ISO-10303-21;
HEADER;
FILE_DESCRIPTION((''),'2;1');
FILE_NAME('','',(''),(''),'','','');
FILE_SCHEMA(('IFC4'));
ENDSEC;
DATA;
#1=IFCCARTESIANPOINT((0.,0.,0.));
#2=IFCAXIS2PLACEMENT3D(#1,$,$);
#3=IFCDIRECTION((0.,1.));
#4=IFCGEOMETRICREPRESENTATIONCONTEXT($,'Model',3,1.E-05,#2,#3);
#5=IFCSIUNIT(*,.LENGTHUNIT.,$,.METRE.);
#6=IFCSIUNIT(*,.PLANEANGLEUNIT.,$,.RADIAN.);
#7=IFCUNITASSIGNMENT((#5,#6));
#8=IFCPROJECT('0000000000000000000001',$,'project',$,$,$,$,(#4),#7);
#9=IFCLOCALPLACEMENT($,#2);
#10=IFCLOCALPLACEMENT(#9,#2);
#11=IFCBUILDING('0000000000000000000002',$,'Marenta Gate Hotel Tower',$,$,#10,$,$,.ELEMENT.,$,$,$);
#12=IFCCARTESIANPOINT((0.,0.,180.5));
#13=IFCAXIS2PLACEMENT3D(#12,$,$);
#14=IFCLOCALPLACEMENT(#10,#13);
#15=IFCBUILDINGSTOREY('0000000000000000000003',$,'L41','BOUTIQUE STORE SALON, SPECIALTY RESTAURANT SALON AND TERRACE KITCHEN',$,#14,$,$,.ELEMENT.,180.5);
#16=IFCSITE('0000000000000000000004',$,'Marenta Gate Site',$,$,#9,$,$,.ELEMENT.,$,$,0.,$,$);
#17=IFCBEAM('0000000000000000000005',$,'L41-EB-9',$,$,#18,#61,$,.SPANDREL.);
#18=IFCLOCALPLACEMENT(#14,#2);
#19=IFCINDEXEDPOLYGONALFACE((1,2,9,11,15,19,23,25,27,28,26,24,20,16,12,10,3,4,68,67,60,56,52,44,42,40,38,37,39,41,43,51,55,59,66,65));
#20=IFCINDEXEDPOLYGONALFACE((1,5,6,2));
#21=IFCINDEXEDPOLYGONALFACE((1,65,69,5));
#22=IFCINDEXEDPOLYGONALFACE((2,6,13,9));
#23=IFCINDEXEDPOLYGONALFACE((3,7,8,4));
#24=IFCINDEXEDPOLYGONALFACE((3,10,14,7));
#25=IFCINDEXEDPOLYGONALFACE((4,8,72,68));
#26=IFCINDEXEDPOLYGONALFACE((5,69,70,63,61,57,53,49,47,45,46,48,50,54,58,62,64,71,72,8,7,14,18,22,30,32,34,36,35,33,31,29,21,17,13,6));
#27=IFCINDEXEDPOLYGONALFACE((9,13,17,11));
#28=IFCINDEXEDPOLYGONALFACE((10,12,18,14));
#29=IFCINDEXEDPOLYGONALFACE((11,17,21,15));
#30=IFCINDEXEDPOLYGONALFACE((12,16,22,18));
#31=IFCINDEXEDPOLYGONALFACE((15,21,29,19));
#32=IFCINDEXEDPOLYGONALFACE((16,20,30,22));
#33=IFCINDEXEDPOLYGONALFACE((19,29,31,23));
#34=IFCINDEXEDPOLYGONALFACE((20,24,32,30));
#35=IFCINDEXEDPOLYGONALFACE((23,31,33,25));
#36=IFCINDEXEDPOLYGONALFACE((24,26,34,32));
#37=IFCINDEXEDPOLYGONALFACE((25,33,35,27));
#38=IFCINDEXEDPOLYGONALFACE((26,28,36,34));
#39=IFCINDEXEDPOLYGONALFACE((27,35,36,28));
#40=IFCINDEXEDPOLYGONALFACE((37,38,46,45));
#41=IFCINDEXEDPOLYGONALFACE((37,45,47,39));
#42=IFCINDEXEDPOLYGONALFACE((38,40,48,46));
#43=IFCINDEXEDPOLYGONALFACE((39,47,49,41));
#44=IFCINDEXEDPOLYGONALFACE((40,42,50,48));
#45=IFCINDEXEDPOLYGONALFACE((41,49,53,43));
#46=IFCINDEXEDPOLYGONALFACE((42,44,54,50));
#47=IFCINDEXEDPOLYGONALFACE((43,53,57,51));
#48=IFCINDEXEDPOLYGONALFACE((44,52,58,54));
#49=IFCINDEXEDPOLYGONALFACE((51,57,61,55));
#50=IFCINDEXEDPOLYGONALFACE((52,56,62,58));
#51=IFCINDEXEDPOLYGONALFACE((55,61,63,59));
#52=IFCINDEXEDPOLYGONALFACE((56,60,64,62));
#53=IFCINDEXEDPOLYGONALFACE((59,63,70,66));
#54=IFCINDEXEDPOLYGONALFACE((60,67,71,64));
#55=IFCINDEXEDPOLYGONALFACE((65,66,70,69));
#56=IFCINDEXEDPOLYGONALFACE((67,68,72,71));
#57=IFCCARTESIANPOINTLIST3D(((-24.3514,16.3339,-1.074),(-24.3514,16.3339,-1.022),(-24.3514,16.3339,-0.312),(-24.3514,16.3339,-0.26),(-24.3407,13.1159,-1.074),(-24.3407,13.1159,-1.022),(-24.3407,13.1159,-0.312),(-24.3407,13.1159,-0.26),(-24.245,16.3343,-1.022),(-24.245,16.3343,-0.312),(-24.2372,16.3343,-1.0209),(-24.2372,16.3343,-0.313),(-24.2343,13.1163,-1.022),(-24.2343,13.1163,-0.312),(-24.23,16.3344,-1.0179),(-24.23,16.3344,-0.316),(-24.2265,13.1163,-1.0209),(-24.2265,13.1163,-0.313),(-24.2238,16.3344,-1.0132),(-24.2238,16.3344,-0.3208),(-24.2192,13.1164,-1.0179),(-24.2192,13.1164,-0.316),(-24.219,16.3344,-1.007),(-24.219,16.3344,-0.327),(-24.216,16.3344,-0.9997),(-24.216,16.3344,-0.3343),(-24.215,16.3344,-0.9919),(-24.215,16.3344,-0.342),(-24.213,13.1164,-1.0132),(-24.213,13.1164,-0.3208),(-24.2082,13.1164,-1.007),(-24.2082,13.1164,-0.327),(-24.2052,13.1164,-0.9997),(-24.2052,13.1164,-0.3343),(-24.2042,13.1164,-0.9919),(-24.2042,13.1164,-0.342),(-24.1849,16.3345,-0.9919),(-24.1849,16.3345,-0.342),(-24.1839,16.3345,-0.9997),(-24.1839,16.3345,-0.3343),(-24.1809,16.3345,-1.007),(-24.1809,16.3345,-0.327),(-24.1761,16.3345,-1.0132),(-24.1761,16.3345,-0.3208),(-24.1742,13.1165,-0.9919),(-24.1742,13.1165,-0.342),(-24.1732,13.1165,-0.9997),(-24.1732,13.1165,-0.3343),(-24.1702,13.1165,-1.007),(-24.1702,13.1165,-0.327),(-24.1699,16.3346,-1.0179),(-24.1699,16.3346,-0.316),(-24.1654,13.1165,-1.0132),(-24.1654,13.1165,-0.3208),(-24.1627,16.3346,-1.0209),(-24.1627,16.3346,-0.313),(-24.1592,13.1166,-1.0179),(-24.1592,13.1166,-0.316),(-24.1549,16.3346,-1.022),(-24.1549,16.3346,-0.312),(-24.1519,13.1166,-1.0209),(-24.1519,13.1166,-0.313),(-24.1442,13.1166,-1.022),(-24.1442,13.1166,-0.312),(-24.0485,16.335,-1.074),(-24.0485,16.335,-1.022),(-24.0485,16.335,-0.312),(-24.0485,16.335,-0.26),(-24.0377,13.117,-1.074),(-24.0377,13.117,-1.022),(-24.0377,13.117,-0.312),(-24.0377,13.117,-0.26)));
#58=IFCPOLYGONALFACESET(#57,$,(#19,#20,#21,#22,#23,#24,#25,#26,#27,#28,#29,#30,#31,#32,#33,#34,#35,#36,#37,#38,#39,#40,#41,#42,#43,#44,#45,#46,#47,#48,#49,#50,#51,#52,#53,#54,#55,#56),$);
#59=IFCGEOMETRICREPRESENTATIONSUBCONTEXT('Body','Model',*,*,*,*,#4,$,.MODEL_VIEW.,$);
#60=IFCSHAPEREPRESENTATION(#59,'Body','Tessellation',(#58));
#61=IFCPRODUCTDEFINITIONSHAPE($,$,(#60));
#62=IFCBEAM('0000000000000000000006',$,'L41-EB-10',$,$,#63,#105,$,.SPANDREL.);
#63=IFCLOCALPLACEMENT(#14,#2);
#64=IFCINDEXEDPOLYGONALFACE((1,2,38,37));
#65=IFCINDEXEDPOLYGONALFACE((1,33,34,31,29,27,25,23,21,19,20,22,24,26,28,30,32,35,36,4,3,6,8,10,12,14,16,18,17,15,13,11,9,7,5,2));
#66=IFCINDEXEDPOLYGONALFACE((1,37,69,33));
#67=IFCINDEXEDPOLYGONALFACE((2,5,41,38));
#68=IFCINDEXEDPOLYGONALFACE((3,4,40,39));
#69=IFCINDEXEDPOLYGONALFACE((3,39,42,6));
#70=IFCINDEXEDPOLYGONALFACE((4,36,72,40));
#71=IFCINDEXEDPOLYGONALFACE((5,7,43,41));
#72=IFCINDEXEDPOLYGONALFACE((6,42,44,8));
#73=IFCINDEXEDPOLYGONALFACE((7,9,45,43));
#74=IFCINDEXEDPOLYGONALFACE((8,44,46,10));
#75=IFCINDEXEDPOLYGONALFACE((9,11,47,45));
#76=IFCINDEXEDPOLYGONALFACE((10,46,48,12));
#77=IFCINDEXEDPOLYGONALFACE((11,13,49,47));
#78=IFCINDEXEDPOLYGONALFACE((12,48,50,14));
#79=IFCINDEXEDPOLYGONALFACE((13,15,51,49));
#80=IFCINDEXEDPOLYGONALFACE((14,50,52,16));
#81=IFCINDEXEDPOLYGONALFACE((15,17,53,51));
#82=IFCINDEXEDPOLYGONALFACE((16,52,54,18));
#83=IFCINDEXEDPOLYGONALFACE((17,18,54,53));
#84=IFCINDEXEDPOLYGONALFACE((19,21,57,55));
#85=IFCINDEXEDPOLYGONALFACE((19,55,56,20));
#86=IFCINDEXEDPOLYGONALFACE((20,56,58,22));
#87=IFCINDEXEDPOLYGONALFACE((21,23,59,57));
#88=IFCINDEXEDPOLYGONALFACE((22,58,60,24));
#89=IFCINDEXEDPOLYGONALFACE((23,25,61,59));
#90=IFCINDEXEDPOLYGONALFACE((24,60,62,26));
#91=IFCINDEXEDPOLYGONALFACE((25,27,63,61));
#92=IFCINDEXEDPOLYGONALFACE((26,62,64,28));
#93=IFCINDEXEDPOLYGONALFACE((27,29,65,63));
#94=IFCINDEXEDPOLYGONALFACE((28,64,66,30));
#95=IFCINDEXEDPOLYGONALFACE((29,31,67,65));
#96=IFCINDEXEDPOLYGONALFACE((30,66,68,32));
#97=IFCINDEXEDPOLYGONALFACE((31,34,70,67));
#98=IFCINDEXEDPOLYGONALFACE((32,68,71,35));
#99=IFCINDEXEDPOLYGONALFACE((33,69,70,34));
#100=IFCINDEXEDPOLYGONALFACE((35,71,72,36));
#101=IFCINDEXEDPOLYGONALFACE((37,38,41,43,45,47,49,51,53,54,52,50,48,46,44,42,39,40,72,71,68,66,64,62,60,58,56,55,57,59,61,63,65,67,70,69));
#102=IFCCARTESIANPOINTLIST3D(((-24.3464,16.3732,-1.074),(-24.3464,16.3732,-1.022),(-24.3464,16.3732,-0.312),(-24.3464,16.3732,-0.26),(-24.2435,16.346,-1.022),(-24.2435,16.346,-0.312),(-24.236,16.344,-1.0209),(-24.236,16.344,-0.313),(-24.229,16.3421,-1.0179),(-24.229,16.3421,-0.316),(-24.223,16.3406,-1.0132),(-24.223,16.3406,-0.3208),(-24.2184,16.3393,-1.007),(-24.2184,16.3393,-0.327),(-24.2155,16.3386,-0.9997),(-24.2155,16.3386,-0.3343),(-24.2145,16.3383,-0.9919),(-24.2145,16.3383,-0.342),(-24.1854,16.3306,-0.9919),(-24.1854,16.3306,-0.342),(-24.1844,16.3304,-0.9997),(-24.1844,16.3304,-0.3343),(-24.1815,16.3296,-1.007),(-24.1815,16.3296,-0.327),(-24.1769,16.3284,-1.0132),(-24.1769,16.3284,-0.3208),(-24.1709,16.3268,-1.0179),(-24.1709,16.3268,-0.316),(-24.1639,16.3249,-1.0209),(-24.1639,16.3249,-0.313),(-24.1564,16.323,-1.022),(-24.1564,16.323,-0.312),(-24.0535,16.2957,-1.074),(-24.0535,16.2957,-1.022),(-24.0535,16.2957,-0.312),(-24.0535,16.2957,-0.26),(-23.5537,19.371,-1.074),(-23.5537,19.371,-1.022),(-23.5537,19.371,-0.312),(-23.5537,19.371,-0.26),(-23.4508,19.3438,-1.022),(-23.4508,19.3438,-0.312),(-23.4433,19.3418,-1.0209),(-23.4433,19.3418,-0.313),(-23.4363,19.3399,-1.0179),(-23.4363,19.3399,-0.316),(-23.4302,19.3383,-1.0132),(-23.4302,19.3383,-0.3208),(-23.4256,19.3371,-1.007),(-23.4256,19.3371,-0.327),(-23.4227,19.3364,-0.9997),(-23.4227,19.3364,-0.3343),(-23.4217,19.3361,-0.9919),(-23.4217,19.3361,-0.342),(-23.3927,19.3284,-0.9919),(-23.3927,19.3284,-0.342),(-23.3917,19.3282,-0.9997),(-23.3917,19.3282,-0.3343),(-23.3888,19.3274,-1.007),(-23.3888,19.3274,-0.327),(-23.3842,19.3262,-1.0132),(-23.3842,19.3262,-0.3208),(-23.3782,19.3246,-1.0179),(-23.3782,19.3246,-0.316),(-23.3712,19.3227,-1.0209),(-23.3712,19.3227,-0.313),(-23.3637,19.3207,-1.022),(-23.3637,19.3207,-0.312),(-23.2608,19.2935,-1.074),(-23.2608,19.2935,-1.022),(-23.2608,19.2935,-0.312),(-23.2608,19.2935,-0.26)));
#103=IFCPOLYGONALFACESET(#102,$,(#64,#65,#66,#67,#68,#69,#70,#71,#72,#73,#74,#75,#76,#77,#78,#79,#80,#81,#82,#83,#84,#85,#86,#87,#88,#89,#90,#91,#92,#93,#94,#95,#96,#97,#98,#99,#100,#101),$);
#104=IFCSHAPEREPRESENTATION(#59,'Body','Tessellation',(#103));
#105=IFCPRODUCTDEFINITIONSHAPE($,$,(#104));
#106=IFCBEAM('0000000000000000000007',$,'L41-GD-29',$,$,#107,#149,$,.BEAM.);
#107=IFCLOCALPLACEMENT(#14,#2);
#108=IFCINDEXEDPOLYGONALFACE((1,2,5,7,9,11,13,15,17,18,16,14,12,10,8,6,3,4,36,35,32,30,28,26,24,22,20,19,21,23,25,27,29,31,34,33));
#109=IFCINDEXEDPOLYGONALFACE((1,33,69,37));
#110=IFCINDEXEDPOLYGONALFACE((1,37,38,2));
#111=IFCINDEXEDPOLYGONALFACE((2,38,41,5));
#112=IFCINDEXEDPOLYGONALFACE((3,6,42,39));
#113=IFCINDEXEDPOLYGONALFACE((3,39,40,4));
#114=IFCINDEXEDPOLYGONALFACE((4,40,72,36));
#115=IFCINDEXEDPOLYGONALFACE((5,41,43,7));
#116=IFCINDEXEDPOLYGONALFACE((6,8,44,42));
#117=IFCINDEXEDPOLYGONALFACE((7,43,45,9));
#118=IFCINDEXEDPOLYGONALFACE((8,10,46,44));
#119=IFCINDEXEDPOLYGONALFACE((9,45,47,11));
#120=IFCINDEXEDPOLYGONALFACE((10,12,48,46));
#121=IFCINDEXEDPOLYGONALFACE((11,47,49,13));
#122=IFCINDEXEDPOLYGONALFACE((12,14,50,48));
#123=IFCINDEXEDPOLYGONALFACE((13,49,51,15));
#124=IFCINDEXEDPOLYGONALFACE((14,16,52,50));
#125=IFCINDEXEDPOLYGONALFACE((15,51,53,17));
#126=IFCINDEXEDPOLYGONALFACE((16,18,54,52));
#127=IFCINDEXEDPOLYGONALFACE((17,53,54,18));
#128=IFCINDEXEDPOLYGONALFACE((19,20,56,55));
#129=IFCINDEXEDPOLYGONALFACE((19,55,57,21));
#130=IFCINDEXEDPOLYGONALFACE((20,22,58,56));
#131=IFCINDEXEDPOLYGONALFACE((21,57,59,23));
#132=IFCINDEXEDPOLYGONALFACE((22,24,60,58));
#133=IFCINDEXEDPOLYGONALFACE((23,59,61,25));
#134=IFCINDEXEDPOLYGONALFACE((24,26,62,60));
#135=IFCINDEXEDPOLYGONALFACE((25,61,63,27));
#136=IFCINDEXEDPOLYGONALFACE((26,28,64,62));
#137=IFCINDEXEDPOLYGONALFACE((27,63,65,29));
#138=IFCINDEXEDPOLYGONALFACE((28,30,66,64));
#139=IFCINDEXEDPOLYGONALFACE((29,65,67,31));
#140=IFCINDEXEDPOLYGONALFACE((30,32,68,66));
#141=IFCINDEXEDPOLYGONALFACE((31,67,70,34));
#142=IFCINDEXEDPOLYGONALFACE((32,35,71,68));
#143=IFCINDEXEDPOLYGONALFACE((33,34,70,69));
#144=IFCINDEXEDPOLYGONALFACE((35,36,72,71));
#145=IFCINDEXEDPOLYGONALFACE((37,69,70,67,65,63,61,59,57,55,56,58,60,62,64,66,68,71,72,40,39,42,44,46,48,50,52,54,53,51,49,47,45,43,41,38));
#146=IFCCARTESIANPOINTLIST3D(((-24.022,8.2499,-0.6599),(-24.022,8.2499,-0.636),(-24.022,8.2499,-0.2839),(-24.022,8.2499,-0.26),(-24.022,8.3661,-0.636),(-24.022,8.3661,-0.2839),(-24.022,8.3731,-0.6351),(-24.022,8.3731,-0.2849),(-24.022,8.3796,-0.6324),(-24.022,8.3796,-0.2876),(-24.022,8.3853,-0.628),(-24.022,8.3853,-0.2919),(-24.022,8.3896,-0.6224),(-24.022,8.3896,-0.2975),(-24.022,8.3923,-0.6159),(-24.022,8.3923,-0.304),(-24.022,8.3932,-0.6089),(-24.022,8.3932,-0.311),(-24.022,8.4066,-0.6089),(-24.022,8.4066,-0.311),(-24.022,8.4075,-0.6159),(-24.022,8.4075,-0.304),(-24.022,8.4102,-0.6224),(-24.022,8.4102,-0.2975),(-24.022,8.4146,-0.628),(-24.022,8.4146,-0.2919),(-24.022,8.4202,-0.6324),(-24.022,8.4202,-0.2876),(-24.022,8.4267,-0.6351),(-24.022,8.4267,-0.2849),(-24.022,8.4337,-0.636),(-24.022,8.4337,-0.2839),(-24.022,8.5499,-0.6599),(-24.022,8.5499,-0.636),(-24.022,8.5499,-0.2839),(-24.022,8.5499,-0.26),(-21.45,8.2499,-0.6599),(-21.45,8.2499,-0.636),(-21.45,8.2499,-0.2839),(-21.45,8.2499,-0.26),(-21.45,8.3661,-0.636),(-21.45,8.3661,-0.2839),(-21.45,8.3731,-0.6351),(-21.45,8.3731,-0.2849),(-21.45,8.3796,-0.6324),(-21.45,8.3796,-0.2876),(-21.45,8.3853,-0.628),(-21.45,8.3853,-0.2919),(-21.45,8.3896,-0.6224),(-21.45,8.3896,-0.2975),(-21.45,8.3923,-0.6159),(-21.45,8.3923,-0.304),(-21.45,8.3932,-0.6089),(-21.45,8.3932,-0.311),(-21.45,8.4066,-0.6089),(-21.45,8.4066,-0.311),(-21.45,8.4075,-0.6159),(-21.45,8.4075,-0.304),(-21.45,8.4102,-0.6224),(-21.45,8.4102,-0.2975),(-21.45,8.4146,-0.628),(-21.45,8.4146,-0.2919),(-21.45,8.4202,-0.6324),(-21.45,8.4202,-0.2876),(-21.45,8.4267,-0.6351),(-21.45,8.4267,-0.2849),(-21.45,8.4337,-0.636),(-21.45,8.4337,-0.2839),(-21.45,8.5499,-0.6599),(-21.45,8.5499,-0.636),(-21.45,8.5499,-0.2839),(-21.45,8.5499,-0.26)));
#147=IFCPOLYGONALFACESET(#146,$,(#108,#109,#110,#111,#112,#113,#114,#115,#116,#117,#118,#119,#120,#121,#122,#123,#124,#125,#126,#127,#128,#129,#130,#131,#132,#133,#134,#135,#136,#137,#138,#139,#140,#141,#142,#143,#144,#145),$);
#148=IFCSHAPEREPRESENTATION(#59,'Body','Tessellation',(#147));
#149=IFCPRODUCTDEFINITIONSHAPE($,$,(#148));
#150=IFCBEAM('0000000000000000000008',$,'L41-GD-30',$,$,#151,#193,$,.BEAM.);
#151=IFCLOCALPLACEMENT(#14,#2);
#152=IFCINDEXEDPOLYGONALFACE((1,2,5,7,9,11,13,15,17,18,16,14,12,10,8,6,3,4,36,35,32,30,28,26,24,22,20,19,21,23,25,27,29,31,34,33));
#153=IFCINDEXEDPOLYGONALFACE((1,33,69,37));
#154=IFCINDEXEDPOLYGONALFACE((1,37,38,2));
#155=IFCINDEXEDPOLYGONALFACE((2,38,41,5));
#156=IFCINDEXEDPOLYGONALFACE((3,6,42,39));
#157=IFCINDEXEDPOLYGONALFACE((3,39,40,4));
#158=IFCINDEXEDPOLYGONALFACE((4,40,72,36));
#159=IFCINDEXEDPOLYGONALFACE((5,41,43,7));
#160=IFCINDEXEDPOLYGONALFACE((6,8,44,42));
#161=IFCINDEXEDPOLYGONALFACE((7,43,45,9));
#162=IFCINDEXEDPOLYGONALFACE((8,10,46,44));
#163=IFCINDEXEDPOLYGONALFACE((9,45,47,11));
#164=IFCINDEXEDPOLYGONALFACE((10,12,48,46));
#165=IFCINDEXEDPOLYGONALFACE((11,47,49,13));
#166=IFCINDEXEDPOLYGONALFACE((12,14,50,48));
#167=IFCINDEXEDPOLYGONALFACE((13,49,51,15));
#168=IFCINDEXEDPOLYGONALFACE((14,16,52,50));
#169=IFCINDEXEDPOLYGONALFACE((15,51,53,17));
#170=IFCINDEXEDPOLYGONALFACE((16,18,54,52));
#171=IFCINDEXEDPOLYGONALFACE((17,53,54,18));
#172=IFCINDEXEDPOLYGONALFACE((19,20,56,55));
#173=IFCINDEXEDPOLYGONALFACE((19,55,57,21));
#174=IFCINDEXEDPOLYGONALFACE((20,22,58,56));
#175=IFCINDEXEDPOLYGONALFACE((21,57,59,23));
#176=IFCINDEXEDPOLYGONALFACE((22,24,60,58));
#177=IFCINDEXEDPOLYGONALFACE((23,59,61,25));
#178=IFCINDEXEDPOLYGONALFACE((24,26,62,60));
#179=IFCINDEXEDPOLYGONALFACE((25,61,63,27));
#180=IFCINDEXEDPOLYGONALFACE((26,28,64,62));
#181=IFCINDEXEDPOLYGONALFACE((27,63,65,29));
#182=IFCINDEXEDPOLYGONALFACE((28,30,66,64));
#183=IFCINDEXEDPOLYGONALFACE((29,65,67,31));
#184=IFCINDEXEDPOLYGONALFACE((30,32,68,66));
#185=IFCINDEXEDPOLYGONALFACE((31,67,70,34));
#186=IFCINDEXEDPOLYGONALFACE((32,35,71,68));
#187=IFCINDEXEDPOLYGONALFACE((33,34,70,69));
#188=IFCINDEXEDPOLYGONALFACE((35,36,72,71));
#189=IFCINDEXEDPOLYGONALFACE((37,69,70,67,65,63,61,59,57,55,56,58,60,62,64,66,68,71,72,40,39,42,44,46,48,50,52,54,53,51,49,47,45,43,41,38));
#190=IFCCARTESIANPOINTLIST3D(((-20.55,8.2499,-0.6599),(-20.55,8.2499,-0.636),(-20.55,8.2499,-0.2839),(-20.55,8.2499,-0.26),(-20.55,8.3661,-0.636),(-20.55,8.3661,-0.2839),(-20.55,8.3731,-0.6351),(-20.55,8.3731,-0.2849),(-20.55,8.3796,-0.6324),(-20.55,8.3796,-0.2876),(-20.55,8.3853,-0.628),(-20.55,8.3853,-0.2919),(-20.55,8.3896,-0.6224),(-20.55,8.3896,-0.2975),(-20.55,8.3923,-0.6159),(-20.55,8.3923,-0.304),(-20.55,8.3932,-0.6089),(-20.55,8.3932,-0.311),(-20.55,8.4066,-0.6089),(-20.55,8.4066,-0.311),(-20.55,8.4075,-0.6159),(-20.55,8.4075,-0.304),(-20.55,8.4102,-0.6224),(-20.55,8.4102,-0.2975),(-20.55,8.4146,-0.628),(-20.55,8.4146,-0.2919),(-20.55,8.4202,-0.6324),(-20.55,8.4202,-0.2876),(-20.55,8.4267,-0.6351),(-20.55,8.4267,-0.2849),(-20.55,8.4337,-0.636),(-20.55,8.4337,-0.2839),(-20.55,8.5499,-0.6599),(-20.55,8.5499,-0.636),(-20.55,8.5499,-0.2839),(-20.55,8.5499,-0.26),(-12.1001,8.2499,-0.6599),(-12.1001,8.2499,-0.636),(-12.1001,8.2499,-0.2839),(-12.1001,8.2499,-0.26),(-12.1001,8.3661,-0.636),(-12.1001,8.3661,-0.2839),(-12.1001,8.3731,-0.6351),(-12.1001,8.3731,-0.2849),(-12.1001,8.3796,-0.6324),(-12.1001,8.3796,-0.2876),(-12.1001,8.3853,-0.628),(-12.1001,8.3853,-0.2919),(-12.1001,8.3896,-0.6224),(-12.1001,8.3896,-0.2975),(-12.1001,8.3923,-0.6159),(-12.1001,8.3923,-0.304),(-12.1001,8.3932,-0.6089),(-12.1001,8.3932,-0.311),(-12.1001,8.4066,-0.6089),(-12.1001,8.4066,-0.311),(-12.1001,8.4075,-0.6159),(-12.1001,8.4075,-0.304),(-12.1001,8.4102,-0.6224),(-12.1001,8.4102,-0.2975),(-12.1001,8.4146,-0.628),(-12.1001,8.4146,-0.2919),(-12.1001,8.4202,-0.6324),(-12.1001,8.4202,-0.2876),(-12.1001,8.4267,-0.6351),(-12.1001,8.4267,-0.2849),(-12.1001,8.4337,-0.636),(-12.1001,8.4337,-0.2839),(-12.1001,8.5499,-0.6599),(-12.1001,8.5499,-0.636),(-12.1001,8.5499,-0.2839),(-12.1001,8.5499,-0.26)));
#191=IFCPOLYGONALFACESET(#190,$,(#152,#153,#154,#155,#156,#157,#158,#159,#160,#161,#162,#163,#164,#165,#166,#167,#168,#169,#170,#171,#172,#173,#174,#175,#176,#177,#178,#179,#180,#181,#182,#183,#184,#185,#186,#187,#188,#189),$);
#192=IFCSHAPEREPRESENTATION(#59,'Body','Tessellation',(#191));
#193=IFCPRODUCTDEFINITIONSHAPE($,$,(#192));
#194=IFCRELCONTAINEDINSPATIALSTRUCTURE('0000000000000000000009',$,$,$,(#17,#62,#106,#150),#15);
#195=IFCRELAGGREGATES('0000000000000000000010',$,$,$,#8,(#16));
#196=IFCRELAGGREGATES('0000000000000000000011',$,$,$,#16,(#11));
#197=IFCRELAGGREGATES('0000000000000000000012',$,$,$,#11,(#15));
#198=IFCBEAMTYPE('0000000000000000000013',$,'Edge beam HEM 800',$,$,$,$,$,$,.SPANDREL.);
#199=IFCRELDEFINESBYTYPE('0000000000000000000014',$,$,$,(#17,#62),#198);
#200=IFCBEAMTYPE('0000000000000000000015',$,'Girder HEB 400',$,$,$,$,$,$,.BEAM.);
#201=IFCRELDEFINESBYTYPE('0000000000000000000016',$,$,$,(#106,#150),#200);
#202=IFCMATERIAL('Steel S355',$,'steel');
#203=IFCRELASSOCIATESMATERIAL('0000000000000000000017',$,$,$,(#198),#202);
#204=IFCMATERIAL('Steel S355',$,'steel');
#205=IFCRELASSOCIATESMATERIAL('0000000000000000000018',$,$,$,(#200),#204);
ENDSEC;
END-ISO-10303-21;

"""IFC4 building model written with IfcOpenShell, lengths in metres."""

from ifc_helpers import new_model, si_unit, direction, frame, origin, origin_2d, place, context, subcontext, project, spatial, i_section, extrude, material, material_profile, profile_set, type_object, element, save


model = new_model("IFC4")

# Units and contexts
model_context = context("Model", 3, precision=1e-05, world=origin(), true_north=direction((0.0, 1.0)))
body_context = subcontext(model_context, "Body", "Model", "MODEL_VIEW")
ifc_project = project(units=[si_unit("LENGTHUNIT", "METRE"), si_unit("PLANEANGLEUNIT", "RADIAN")], contexts=[model_context])

# Site, building, storey
site_placement = place(None, origin())
site = spatial("IfcSite", under=ifc_project, at=site_placement, Name="Marenta Gate Site", CompositionType="ELEMENT", RefElevation=0.0)
building_placement = place(site_placement, origin())
building = spatial("IfcBuilding", under=site, at=building_placement, Name="Marenta Gate Hotel Tower", CompositionType="ELEMENT")
storey_placement = place(building_placement, frame((0.0, 0.0, 180.5)))
storey = spatial("IfcBuildingStorey", under=building, at=storey_placement, Name="L41", Description="BOUTIQUE STORE SALON, SPECIALTY RESTAURANT SALON AND TERRACE KITCHEN", CompositionType="ELEMENT", Elevation=180.5)

# Beams
ifc_material_1 = material(Name="Steel S355", Category="steel")
ifc_material_profile_1 = material_profile(ifc_material_1, i_section(OverallWidth=0.303, OverallDepth=0.814, WebThickness=0.03, FlangeThickness=0.052, FilletRadius=0.03, at=origin_2d()), Name="HEM 800")
ifc_profile_set_1 = profile_set([ifc_material_profile_1], Name="Steel S355")
beam_type_1 = type_object("IfcBeamType", Name="Edge beam HEM 800", PredefinedType="SPANDREL", material=ifc_profile_set_1)
beam_1_placement = place(storey_placement, frame((-24.1892, 13.1165, -0.667), z_axis=(-0.003338, 0.999994, 0.0), x_axis=(-0.999994, -0.003338, 0.0)))
element("IfcBeam", 1, at=beam_1_placement, inside=storey, type_object=beam_type_1, Name="L41-EB-9", PredefinedType="SPANDREL", context=body_context, shape_type="SweptSolid", body=[
    extrude(i_section(OverallWidth=0.303, OverallDepth=0.814, WebThickness=0.03, FlangeThickness=0.052, FilletRadius=0.03, at=origin_2d()), origin(), (0.0, 0.0, 1.0), 3.218),
])
beam_2_placement = place(storey_placement, frame((-24.2, 16.3345, -0.667), z_axis=(0.255648, 0.96677, 0.0), x_axis=(-0.96677, 0.255648, 0.0)))
element("IfcBeam", 2, at=beam_2_placement, inside=storey, type_object=beam_type_1, Name="L41-EB-10", PredefinedType="SPANDREL", context=body_context, shape_type="SweptSolid", body=[
    extrude(i_section(OverallWidth=0.303, OverallDepth=0.814, WebThickness=0.03, FlangeThickness=0.052, FilletRadius=0.03, at=origin_2d()), origin(), (0.0, 0.0, 1.0), 3.1008),
])
ifc_material_2 = material(Name="Steel S355", Category="steel")
ifc_material_profile_2 = material_profile(ifc_material_2, i_section(OverallWidth=0.3, OverallDepth=0.3999, WebThickness=0.0134, FlangeThickness=0.0239, FilletRadius=0.0271, at=origin_2d()), Name="HEB 400")
ifc_profile_set_2 = profile_set([ifc_material_profile_2], Name="Steel S355")
beam_type_2 = type_object("IfcBeamType", Name="Girder HEB 400", PredefinedType="BEAM", material=ifc_profile_set_2)
beam_3_placement = place(storey_placement, frame((-24.022, 8.3999, -0.46), z_axis=(1.0, 0.0, 0.0), x_axis=(0.0, 1.0, 0.0)))
element("IfcBeam", 3, at=beam_3_placement, inside=storey, type_object=beam_type_2, Name="L41-GD-29", PredefinedType="BEAM", context=body_context, shape_type="SweptSolid", body=[
    extrude(i_section(OverallWidth=0.3, OverallDepth=0.3999, WebThickness=0.0134, FlangeThickness=0.0239, FilletRadius=0.0271, at=origin_2d()), origin(), (0.0, 0.0, 1.0), 2.572),
])
beam_4_placement = place(storey_placement, frame((-20.55, 8.3999, -0.46), z_axis=(1.0, 0.0, 0.0), x_axis=(0.0, 1.0, 0.0)))
element("IfcBeam", 4, at=beam_4_placement, inside=storey, type_object=beam_type_2, Name="L41-GD-30", PredefinedType="BEAM", context=body_context, shape_type="SweptSolid", body=[
    extrude(i_section(OverallWidth=0.3, OverallDepth=0.3999, WebThickness=0.0134, FlangeThickness=0.0239, FilletRadius=0.0271, at=origin_2d()), origin(), (0.0, 0.0, 1.0), 8.45),
])

save(model, "model.ifc")
